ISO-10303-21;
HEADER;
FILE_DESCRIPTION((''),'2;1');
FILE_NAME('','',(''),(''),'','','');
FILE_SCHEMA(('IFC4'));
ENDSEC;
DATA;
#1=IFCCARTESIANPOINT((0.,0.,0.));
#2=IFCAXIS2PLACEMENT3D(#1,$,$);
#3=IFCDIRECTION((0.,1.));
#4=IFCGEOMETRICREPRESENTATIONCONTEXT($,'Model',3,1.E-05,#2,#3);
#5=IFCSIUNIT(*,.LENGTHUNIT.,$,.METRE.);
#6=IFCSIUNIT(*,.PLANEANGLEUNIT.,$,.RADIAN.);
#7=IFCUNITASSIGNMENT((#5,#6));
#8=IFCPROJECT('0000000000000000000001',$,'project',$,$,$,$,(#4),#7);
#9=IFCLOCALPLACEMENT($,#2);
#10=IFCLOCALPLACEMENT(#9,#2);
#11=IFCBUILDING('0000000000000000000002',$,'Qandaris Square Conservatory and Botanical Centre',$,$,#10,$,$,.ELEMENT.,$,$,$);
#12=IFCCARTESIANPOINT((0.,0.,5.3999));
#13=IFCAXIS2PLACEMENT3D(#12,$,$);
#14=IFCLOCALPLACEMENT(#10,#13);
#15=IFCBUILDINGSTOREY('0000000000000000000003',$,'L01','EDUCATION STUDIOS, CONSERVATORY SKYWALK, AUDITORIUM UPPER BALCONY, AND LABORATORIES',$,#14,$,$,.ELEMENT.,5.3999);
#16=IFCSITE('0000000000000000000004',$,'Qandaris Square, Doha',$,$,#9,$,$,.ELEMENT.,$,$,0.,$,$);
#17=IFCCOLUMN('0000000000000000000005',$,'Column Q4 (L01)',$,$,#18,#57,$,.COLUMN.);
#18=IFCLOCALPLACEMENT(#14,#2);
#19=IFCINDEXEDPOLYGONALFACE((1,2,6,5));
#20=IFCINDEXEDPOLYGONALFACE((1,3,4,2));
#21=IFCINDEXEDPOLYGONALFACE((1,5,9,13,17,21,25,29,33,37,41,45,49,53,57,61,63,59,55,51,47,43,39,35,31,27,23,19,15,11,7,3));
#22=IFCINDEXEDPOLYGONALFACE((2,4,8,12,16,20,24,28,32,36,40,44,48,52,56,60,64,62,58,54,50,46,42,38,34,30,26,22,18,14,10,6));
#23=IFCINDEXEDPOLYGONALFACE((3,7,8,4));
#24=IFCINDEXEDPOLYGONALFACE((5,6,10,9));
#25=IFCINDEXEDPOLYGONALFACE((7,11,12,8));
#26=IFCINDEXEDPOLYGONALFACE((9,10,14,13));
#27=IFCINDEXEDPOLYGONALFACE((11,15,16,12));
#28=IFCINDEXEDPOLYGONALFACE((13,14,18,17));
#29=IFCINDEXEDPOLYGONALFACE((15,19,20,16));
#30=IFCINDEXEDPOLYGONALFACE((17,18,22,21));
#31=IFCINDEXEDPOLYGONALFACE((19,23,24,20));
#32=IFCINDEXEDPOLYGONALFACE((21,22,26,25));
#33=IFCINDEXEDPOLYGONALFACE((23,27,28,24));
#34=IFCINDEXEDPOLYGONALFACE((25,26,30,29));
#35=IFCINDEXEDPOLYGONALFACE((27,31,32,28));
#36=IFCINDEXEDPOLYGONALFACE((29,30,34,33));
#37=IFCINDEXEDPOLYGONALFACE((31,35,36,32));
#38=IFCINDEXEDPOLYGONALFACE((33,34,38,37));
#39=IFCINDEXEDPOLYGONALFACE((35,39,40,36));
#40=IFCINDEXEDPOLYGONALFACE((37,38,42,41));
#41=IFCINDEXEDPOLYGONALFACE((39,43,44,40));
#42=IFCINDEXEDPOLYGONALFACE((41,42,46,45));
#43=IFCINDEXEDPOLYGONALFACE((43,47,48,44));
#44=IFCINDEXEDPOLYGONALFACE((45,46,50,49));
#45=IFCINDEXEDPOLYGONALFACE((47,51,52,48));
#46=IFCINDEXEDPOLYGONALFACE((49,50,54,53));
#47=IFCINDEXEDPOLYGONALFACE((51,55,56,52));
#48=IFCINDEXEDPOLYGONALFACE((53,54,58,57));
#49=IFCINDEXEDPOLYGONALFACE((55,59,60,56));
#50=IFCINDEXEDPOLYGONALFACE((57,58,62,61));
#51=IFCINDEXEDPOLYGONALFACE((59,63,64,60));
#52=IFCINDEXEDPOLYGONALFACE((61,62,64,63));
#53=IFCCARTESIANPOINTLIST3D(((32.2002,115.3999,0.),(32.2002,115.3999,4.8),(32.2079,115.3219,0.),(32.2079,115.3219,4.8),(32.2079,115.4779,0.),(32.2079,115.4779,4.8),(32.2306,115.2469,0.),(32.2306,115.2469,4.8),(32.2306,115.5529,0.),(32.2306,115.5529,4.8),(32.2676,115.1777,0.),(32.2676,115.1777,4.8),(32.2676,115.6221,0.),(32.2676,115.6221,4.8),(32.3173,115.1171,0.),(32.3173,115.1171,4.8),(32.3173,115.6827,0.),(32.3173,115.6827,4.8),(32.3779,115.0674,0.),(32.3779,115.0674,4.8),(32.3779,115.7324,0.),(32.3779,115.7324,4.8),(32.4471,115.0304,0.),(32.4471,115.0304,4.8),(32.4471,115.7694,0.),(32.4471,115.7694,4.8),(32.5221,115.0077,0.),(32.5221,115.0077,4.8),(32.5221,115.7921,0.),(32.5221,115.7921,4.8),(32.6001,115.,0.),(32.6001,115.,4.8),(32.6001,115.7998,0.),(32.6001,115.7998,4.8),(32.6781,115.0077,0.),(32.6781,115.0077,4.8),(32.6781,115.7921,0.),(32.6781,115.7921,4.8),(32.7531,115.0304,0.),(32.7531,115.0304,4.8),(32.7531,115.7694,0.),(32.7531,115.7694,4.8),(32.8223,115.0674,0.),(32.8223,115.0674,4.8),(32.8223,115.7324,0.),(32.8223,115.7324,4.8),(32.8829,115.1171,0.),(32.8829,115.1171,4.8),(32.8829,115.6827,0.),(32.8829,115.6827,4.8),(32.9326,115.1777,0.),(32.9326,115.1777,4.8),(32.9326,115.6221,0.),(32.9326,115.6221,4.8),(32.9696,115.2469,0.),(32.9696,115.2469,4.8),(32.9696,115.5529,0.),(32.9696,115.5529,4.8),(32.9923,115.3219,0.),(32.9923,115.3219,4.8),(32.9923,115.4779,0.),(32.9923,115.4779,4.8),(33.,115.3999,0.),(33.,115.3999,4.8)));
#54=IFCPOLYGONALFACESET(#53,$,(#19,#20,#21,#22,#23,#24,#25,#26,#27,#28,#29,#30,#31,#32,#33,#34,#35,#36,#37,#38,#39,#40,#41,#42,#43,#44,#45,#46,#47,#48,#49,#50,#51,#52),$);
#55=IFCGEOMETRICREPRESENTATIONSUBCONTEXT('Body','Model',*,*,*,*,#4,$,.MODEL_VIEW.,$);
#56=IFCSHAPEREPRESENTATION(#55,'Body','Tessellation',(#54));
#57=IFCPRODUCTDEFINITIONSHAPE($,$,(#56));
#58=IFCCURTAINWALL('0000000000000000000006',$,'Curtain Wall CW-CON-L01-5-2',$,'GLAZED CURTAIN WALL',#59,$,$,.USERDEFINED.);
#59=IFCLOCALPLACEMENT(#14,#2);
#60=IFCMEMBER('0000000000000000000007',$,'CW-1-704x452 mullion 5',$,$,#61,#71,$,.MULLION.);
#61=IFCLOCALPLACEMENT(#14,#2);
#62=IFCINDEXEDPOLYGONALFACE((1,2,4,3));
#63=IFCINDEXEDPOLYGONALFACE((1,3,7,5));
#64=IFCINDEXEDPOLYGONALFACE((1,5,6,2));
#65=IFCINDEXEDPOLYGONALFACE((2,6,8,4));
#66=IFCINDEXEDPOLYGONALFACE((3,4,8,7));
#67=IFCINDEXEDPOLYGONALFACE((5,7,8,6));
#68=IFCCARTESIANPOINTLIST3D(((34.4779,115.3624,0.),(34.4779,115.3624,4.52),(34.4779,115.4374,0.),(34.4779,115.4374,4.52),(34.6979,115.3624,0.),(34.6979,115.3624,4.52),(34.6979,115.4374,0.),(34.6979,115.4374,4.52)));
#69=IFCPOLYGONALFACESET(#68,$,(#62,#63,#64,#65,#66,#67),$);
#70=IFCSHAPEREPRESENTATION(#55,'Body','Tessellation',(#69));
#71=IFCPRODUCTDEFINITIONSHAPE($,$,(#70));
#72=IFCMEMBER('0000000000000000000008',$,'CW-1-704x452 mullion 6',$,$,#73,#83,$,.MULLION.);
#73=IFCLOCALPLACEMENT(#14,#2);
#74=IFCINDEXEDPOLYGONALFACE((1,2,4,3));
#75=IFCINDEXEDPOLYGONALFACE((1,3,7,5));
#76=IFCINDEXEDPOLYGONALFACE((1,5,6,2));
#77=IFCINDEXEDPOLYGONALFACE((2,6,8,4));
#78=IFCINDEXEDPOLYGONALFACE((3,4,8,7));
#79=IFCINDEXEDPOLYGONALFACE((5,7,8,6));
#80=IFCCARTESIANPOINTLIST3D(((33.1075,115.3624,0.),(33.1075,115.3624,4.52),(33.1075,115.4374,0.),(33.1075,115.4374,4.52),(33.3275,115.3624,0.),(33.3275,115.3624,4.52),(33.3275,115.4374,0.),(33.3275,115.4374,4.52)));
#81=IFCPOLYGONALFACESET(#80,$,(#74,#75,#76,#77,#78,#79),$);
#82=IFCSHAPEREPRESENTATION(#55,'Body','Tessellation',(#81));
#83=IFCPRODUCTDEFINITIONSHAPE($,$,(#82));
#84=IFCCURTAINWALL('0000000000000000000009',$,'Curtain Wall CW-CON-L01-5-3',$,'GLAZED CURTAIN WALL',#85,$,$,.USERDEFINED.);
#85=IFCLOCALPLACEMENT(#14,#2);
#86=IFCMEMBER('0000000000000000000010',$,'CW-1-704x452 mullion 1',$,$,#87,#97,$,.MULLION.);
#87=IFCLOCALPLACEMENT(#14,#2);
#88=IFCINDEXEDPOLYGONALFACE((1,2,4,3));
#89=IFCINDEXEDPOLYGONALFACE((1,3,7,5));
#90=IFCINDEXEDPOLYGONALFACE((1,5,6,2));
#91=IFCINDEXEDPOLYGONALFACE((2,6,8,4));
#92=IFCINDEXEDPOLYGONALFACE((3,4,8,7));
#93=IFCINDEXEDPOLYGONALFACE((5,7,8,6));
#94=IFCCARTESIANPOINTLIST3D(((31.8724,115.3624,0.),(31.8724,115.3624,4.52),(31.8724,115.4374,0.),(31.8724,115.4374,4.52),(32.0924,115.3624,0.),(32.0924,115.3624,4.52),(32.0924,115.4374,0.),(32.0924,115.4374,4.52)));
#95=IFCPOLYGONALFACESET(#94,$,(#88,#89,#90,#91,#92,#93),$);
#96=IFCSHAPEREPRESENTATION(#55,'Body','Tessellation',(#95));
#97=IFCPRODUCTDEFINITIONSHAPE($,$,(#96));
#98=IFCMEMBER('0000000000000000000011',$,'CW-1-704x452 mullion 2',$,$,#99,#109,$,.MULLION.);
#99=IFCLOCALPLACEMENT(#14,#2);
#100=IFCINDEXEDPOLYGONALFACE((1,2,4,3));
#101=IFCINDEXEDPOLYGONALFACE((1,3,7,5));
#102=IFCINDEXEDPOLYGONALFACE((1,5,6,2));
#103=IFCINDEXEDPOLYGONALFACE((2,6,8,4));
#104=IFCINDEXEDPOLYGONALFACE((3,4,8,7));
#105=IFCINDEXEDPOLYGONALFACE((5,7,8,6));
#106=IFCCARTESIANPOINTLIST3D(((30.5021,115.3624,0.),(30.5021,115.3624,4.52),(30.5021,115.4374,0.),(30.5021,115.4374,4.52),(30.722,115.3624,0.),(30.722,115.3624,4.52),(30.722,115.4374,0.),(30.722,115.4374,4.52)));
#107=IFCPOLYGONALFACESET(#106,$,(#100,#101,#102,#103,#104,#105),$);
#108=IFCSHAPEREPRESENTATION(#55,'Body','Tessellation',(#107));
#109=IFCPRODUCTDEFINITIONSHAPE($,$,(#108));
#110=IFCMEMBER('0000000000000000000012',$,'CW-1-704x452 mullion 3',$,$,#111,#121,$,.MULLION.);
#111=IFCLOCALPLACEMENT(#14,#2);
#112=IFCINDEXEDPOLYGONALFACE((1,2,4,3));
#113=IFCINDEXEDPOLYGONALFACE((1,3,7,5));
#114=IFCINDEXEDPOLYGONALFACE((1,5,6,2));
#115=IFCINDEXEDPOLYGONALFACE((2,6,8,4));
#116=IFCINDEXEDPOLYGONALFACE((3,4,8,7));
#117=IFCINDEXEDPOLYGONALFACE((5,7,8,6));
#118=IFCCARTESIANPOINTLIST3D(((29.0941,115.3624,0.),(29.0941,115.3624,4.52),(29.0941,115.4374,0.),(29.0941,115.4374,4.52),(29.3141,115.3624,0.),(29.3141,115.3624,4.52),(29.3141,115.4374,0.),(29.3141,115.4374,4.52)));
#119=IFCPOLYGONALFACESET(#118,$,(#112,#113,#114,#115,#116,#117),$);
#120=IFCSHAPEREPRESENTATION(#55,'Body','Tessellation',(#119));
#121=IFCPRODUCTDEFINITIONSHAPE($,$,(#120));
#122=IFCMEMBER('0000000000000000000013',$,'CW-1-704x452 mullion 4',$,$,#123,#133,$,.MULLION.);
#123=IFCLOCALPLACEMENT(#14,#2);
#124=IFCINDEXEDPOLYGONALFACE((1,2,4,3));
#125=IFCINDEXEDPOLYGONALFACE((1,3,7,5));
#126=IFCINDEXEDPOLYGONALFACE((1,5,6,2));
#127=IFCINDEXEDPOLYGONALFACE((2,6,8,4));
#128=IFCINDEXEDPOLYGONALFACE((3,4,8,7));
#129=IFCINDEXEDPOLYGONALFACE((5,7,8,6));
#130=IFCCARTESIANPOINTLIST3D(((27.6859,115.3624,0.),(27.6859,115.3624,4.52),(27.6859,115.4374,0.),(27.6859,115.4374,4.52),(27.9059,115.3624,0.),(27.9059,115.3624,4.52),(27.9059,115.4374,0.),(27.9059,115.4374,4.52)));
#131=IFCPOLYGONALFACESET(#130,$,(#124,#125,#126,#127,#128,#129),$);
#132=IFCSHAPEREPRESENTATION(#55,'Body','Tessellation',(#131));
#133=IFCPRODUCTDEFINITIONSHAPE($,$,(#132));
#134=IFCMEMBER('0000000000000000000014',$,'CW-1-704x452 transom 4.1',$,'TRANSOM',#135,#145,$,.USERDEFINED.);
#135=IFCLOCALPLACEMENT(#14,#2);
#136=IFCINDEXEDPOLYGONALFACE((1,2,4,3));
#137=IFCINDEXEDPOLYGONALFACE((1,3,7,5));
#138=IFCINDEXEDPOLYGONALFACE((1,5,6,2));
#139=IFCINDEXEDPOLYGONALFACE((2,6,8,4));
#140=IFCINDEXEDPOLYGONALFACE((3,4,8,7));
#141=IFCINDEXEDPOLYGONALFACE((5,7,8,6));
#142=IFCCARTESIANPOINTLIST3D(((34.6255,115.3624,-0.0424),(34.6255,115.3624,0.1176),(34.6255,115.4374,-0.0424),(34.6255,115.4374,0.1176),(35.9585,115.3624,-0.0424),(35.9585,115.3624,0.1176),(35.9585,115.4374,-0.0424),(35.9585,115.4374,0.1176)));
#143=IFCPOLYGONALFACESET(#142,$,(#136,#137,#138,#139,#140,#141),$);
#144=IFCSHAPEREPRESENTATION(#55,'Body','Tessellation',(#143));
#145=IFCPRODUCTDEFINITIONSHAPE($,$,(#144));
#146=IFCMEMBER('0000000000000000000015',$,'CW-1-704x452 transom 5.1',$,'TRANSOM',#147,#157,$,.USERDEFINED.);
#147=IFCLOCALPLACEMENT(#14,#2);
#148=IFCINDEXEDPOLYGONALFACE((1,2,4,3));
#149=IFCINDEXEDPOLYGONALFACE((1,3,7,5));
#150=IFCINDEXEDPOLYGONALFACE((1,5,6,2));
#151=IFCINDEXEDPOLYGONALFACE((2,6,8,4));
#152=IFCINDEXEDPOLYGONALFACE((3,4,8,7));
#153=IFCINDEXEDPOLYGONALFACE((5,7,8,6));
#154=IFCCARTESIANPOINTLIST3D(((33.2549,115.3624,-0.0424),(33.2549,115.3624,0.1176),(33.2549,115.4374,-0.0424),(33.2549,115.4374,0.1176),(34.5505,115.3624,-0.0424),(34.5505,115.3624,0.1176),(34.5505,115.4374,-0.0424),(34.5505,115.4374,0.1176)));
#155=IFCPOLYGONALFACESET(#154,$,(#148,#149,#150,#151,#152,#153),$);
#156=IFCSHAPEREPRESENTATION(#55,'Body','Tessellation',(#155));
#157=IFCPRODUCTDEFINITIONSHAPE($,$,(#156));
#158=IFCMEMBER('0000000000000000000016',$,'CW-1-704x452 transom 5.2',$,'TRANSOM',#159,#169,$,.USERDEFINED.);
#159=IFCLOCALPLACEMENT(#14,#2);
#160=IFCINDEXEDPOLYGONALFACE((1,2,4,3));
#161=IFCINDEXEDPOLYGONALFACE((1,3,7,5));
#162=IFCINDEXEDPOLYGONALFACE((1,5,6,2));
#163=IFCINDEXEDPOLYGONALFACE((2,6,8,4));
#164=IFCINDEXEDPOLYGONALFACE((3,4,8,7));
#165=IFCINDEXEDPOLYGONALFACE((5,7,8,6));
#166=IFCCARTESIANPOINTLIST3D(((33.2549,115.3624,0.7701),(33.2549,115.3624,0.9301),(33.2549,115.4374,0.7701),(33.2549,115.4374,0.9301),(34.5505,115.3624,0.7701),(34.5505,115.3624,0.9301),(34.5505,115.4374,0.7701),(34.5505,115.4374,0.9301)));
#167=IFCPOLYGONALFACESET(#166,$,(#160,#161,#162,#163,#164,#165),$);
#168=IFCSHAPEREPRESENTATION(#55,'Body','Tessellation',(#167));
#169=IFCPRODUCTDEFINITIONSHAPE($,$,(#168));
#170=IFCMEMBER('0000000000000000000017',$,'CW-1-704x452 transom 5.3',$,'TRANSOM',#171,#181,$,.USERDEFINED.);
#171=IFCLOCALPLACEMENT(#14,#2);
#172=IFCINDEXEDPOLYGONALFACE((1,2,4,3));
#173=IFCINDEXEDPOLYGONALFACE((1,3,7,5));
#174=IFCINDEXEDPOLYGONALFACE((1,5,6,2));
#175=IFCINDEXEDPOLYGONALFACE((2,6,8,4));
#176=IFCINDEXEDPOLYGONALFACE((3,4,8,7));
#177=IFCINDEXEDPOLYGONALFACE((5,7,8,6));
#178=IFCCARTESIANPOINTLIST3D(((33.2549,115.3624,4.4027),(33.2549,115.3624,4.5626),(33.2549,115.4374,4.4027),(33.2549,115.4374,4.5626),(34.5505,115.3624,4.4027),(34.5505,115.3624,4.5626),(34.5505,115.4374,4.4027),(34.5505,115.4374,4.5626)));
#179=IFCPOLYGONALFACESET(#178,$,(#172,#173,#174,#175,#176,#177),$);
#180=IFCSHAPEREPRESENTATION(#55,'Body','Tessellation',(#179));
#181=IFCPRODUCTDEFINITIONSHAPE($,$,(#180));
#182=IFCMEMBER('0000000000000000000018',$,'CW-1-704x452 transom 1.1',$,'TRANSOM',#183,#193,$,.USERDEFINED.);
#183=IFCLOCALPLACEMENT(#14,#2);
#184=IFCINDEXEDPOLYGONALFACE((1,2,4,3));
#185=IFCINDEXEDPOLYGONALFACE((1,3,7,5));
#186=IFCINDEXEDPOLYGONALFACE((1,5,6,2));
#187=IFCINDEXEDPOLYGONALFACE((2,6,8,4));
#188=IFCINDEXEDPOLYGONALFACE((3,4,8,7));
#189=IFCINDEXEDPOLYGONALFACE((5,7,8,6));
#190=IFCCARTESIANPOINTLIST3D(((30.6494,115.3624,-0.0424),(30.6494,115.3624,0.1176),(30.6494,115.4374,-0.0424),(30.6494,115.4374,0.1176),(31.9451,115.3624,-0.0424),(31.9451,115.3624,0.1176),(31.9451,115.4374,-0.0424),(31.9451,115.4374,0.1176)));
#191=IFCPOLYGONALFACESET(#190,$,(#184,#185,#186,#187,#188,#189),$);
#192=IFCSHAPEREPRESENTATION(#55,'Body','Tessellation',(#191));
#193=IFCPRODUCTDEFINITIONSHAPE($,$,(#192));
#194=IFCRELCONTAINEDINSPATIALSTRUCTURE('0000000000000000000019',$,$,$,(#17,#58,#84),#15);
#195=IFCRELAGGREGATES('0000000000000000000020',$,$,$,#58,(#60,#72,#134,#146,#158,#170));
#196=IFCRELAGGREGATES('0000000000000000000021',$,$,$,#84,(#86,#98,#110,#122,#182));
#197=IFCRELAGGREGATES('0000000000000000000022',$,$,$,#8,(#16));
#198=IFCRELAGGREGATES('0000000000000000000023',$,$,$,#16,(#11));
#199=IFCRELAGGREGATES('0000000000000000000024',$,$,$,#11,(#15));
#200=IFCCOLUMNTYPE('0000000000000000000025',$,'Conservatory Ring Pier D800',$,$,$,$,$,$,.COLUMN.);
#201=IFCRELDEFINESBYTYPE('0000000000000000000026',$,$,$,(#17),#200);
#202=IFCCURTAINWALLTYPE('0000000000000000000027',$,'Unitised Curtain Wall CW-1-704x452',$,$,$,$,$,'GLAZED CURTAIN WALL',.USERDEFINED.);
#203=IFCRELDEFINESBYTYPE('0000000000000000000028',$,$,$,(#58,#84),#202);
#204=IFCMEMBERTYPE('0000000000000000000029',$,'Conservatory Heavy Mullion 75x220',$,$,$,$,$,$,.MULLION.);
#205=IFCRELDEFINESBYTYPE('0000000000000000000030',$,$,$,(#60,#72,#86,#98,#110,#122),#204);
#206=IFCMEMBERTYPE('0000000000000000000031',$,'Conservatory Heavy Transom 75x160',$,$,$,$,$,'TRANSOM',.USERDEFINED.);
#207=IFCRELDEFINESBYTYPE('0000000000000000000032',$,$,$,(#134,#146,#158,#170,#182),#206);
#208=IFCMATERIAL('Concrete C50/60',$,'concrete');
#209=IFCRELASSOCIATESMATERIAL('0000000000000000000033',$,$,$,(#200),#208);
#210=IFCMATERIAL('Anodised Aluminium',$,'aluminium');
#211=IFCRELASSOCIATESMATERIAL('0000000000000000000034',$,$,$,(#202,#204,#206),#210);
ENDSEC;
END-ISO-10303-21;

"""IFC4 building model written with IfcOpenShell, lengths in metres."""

from ifc_helpers import new_model, si_unit, direction, frame, origin, origin_2d, place, context, subcontext, project, spatial, rectangle, circle, extrude, material, material_profile, profile_set, type_object, element, aggregate, save


model = new_model("IFC4")

# Units and contexts
model_context = context("Model", 3, precision=1e-05, world=origin(), true_north=direction((0.0, 1.0)))
body_context = subcontext(model_context, "Body", "Model", "MODEL_VIEW")
ifc_project = project(units=[si_unit("LENGTHUNIT", "METRE"), si_unit("PLANEANGLEUNIT", "RADIAN")], contexts=[model_context])

# Site, building, storey
site_placement = place(None, origin())
site = spatial("IfcSite", under=ifc_project, at=site_placement, Name="Qandaris Square, Doha", CompositionType="ELEMENT", RefElevation=0.0)
building_placement = place(site_placement, origin())
building = spatial("IfcBuilding", under=site, at=building_placement, Name="Qandaris Square Conservatory and Botanical Centre", CompositionType="ELEMENT")
storey_placement = place(building_placement, frame((0.0, 0.0, 5.3999)))
storey = spatial("IfcBuildingStorey", under=building, at=storey_placement, Name="L01", Description="EDUCATION STUDIOS, CONSERVATORY SKYWALK, AUDITORIUM UPPER BALCONY, AND LABORATORIES", CompositionType="ELEMENT", Elevation=5.3999)

# Column
ifc_material_1 = material(Name="Concrete C50/60", Category="concrete")
ifc_material_profile_1 = material_profile(ifc_material_1, circle(Radius=0.3999, at=origin_2d()), Name="RC-COL D800")
ifc_profile_set_1 = profile_set([ifc_material_profile_1], Name="Concrete C50/60")
column_type = type_object("IfcColumnType", Name="Conservatory Ring Pier D800", PredefinedType="COLUMN", material=ifc_profile_set_1)
column_placement = place(storey_placement, frame((32.6001, 115.3999, 0.0), z_axis=(0.0, 0.0, 1.0), x_axis=(1.0, 0.0, 0.0)))
element("IfcColumn", 1, at=column_placement, inside=storey, type_object=column_type, Name="Column Q4 (L01)", PredefinedType="COLUMN", context=body_context, shape_type="SweptSolid", body=[
    extrude(circle(Radius=0.3999, at=origin_2d()), origin(), (0.0, 0.0, 1.0), 4.8),
])

# Curtain walls, members
ifc_material_2 = material(Name="Anodised Aluminium", Category="aluminium")
curtain_wall_type = type_object("IfcCurtainWallType", Name="Unitised Curtain Wall CW-1-704x452", ElementType="GLAZED CURTAIN WALL", PredefinedType="USERDEFINED", material=ifc_material_2)
curtain_wall_1_placement = place(storey_placement, origin())
curtain_wall_1 = element("IfcCurtainWall", 2, at=curtain_wall_1_placement, inside=storey, type_object=curtain_wall_type, Name="Curtain Wall CW-CON-L01-5-2", ObjectType="GLAZED CURTAIN WALL", PredefinedType="USERDEFINED")
ifc_material_profile_2 = material_profile(ifc_material_2, rectangle(XDim=0.075, YDim=0.22, at=origin_2d()), Name="ALU-MUL 75x220")
ifc_profile_set_2 = profile_set([ifc_material_profile_2], Name="Anodised Aluminium")
member_type_1 = type_object("IfcMemberType", Name="Conservatory Heavy Mullion 75x220", PredefinedType="MULLION", material=ifc_profile_set_2)
member_1_placement = place(storey_placement, frame((34.5879, 115.3999, 0.0), z_axis=(0.0, 0.0, 1.0), x_axis=(0.0, -1.0, 0.0)))
member_1 = element("IfcMember", 3, at=member_1_placement, type_object=member_type_1, Name="CW-1-704x452 mullion 5", PredefinedType="MULLION", context=body_context, shape_type="SweptSolid", body=[
    extrude(rectangle(XDim=0.075, YDim=0.22, at=origin_2d()), origin(), (0.0, 0.0, 1.0), 4.52),
])
member_2_placement = place(storey_placement, frame((33.2175, 115.3999, 0.0), z_axis=(0.0, 0.0, 1.0), x_axis=(0.0, -1.0, 0.0)))
member_2 = element("IfcMember", 4, at=member_2_placement, type_object=member_type_1, Name="CW-1-704x452 mullion 6", PredefinedType="MULLION", context=body_context, shape_type="SweptSolid", body=[
    extrude(rectangle(XDim=0.075, YDim=0.22, at=origin_2d()), origin(), (0.0, 0.0, 1.0), 4.52),
])
curtain_wall_2_placement = place(storey_placement, origin())
curtain_wall_2 = element("IfcCurtainWall", 5, at=curtain_wall_2_placement, inside=storey, type_object=curtain_wall_type, Name="Curtain Wall CW-CON-L01-5-3", ObjectType="GLAZED CURTAIN WALL", PredefinedType="USERDEFINED")
member_3_placement = place(storey_placement, frame((31.9824, 115.3999, 0.0), z_axis=(0.0, 0.0, 1.0), x_axis=(0.0, -1.0, 0.0)))
member_3 = element("IfcMember", 6, at=member_3_placement, type_object=member_type_1, Name="CW-1-704x452 mullion 1", PredefinedType="MULLION", context=body_context, shape_type="SweptSolid", body=[
    extrude(rectangle(XDim=0.075, YDim=0.22, at=origin_2d()), origin(), (0.0, 0.0, 1.0), 4.52),
])
member_4_placement = place(storey_placement, frame((30.6121, 115.3999, 0.0), z_axis=(0.0, 0.0, 1.0), x_axis=(0.0, -1.0, 0.0)))
member_4 = element("IfcMember", 7, at=member_4_placement, type_object=member_type_1, Name="CW-1-704x452 mullion 2", PredefinedType="MULLION", context=body_context, shape_type="SweptSolid", body=[
    extrude(rectangle(XDim=0.075, YDim=0.22, at=origin_2d()), origin(), (0.0, 0.0, 1.0), 4.52),
])
member_5_placement = place(storey_placement, frame((29.2041, 115.3999, 0.0), z_axis=(0.0, 0.0, 1.0), x_axis=(0.0, -1.0, 0.0)))
member_5 = element("IfcMember", 8, at=member_5_placement, type_object=member_type_1, Name="CW-1-704x452 mullion 3", PredefinedType="MULLION", context=body_context, shape_type="SweptSolid", body=[
    extrude(rectangle(XDim=0.075, YDim=0.22, at=origin_2d()), origin(), (0.0, 0.0, 1.0), 4.52),
])
member_6_placement = place(storey_placement, frame((27.7959, 115.3999, 0.0), z_axis=(0.0, 0.0, 1.0), x_axis=(0.0, -1.0, 0.0)))
member_6 = element("IfcMember", 9, at=member_6_placement, type_object=member_type_1, Name="CW-1-704x452 mullion 4", PredefinedType="MULLION", context=body_context, shape_type="SweptSolid", body=[
    extrude(rectangle(XDim=0.075, YDim=0.22, at=origin_2d()), origin(), (0.0, 0.0, 1.0), 4.52),
])

# Members
ifc_material_profile_3 = material_profile(ifc_material_2, rectangle(XDim=0.075, YDim=0.1599, at=origin_2d()), Name="ALU-TRN 75x160")
ifc_profile_set_3 = profile_set([ifc_material_profile_3], Name="Anodised Aluminium")
member_type_2 = type_object("IfcMemberType", Name="Conservatory Heavy Transom 75x160", ElementType="TRANSOM", PredefinedType="USERDEFINED", material=ifc_profile_set_3)
member_7_placement = place(storey_placement, frame((35.9585, 115.3999, 0.0376), z_axis=(-1.0, 0.0, 0.0), x_axis=(0.0, -1.0, 0.0)))
member_7 = element("IfcMember", 10, at=member_7_placement, type_object=member_type_2, Name="CW-1-704x452 transom 4.1", ObjectType="TRANSOM", PredefinedType="USERDEFINED", context=body_context, shape_type="SweptSolid", body=[
    extrude(rectangle(XDim=0.075, YDim=0.1599, at=origin_2d()), origin(), (0.0, 0.0, 1.0), 1.333),
])
member_8_placement = place(storey_placement, frame((34.5505, 115.3999, 0.0376), z_axis=(-1.0, 0.0, 0.0), x_axis=(0.0, -1.0, 0.0)))
member_8 = element("IfcMember", 11, at=member_8_placement, type_object=member_type_2, Name="CW-1-704x452 transom 5.1", ObjectType="TRANSOM", PredefinedType="USERDEFINED", context=body_context, shape_type="SweptSolid", body=[
    extrude(rectangle(XDim=0.075, YDim=0.1599, at=origin_2d()), origin(), (0.0, 0.0, 1.0), 1.2957),
])
member_9_placement = place(storey_placement, frame((34.5505, 115.3999, 0.8501), z_axis=(-1.0, 0.0, 0.0), x_axis=(0.0, -1.0, 0.0)))
member_9 = element("IfcMember", 12, at=member_9_placement, type_object=member_type_2, Name="CW-1-704x452 transom 5.2", ObjectType="TRANSOM", PredefinedType="USERDEFINED", context=body_context, shape_type="SweptSolid", body=[
    extrude(rectangle(XDim=0.075, YDim=0.1599, at=origin_2d()), origin(), (0.0, 0.0, 1.0), 1.2957),
])
member_10_placement = place(storey_placement, frame((34.5505, 115.3999, 4.4827), z_axis=(-1.0, 0.0, 0.0), x_axis=(0.0, -1.0, 0.0)))
member_10 = element("IfcMember", 13, at=member_10_placement, type_object=member_type_2, Name="CW-1-704x452 transom 5.3", ObjectType="TRANSOM", PredefinedType="USERDEFINED", context=body_context, shape_type="SweptSolid", body=[
    extrude(rectangle(XDim=0.075, YDim=0.1599, at=origin_2d()), origin(), (0.0, 0.0, 1.0), 1.2957),
])
member_11_placement = place(storey_placement, frame((31.9451, 115.3999, 0.0376), z_axis=(-1.0, 0.0, 0.0), x_axis=(0.0, -1.0, 0.0)))
member_11 = element("IfcMember", 14, at=member_11_placement, type_object=member_type_2, Name="CW-1-704x452 transom 1.1", ObjectType="TRANSOM", PredefinedType="USERDEFINED", context=body_context, shape_type="SweptSolid", body=[
    extrude(rectangle(XDim=0.075, YDim=0.1599, at=origin_2d()), origin(), (0.0, 0.0, 1.0), 1.2957),
])

aggregate(curtain_wall_1, [member_1, member_2, member_7, member_8, member_9, member_10])
aggregate(curtain_wall_2, [member_3, member_4, member_5, member_6, member_11])

save(model, "model.ifc")
